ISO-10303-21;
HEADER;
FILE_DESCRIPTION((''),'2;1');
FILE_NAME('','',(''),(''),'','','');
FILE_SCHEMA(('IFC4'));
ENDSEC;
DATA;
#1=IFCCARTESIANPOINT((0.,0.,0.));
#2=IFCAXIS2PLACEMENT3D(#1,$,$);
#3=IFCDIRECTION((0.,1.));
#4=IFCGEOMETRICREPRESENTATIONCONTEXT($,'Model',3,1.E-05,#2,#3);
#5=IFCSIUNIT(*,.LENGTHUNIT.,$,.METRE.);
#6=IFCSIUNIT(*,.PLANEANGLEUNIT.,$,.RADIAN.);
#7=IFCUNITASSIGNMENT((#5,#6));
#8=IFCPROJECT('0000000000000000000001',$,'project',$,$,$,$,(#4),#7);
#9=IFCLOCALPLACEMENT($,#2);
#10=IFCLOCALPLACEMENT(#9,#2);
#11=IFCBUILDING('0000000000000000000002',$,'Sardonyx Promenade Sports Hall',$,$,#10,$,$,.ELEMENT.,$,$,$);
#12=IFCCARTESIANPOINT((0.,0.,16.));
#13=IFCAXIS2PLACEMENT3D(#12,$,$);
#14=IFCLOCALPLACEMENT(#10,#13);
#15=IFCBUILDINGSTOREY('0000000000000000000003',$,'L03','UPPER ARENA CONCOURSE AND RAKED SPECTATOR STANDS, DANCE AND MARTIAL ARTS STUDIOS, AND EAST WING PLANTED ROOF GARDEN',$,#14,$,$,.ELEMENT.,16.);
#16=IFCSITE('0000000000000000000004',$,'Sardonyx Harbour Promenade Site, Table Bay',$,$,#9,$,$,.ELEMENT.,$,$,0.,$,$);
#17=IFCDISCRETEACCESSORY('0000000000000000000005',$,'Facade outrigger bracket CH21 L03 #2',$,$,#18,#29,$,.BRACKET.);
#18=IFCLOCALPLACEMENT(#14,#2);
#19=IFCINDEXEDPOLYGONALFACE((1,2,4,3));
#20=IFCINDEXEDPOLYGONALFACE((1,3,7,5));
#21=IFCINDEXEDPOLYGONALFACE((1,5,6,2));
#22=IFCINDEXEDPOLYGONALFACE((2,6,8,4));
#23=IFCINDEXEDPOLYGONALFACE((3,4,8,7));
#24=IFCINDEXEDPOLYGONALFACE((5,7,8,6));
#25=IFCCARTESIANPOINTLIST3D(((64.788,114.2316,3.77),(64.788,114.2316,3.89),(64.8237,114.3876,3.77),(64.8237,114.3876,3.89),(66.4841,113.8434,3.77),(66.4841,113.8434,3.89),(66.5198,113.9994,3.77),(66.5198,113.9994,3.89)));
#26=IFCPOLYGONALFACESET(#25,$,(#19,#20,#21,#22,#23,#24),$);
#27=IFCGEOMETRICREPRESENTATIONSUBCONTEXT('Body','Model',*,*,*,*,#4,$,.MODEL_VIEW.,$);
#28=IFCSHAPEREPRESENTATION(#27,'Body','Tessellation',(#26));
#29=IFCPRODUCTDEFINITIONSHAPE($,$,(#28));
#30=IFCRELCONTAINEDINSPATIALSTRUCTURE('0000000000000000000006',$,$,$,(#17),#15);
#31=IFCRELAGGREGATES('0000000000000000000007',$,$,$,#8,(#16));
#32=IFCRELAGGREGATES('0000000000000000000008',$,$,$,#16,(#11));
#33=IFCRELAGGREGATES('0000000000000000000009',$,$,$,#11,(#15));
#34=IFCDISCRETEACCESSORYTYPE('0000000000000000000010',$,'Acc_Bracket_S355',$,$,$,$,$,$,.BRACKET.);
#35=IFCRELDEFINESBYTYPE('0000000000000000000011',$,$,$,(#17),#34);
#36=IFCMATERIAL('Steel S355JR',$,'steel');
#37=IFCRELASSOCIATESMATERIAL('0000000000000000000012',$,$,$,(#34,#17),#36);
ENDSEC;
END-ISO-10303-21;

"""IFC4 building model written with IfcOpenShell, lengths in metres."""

from ifc_helpers import new_model, si_unit, direction, frame, origin, place, context, subcontext, project, spatial, rectangle, extrude, material, type_object, element, save


model = new_model("IFC4")

# Units and contexts
model_context = context("Model", 3, precision=1e-05, world=origin(), true_north=direction((0.0, 1.0)))
body_context = subcontext(model_context, "Body", "Model", "MODEL_VIEW")
ifc_project = project(units=[si_unit("LENGTHUNIT", "METRE"), si_unit("PLANEANGLEUNIT", "RADIAN")], contexts=[model_context])

# Site, building, storey
site_placement = place(None, origin())
site = spatial("IfcSite", under=ifc_project, at=site_placement, Name="Sardonyx Harbour Promenade Site, Table Bay", CompositionType="ELEMENT", RefElevation=0.0)
building_placement = place(site_placement, origin())
building = spatial("IfcBuilding", under=site, at=building_placement, Name="Sardonyx Promenade Sports Hall", CompositionType="ELEMENT")
storey_placement = place(building_placement, frame((0.0, 0.0, 16.0)))
storey = spatial("IfcBuildingStorey", under=building, at=storey_placement, Name="L03", Description="UPPER ARENA CONCOURSE AND RAKED SPECTATOR STANDS, DANCE AND MARTIAL ARTS STUDIOS, AND EAST WING PLANTED ROOF GARDEN", CompositionType="ELEMENT", Elevation=16.0)

# Discrete accessory
ifc_material_1 = material(Name="Steel S355JR", Category="steel")
discrete_accessory_type = type_object("IfcDiscreteAccessoryType", Name="Acc_Bracket_S355", PredefinedType="BRACKET", material=ifc_material_1)
for number, where, z_axis, x_axis, name in (
    (1, (65.6539, 114.1155, 3.77), (0.0, 0.0, 1.0), (0.974792, -0.223117, 0.0), "Facade outrigger bracket CH21 L03 #2"),
):
    element("IfcDiscreteAccessory", number, at=place(storey_placement, frame(where, z_axis=z_axis, x_axis=x_axis)), inside=storey, type_object=discrete_accessory_type, material=ifc_material_1, Name=name, PredefinedType="BRACKET", context=body_context, shape_type="SweptSolid", body=[
        extrude(rectangle(XDim=1.74, YDim=0.16), origin(), (0.0, 0.0, 1.0), 0.12),
    ])

save(model, "model.ifc")
